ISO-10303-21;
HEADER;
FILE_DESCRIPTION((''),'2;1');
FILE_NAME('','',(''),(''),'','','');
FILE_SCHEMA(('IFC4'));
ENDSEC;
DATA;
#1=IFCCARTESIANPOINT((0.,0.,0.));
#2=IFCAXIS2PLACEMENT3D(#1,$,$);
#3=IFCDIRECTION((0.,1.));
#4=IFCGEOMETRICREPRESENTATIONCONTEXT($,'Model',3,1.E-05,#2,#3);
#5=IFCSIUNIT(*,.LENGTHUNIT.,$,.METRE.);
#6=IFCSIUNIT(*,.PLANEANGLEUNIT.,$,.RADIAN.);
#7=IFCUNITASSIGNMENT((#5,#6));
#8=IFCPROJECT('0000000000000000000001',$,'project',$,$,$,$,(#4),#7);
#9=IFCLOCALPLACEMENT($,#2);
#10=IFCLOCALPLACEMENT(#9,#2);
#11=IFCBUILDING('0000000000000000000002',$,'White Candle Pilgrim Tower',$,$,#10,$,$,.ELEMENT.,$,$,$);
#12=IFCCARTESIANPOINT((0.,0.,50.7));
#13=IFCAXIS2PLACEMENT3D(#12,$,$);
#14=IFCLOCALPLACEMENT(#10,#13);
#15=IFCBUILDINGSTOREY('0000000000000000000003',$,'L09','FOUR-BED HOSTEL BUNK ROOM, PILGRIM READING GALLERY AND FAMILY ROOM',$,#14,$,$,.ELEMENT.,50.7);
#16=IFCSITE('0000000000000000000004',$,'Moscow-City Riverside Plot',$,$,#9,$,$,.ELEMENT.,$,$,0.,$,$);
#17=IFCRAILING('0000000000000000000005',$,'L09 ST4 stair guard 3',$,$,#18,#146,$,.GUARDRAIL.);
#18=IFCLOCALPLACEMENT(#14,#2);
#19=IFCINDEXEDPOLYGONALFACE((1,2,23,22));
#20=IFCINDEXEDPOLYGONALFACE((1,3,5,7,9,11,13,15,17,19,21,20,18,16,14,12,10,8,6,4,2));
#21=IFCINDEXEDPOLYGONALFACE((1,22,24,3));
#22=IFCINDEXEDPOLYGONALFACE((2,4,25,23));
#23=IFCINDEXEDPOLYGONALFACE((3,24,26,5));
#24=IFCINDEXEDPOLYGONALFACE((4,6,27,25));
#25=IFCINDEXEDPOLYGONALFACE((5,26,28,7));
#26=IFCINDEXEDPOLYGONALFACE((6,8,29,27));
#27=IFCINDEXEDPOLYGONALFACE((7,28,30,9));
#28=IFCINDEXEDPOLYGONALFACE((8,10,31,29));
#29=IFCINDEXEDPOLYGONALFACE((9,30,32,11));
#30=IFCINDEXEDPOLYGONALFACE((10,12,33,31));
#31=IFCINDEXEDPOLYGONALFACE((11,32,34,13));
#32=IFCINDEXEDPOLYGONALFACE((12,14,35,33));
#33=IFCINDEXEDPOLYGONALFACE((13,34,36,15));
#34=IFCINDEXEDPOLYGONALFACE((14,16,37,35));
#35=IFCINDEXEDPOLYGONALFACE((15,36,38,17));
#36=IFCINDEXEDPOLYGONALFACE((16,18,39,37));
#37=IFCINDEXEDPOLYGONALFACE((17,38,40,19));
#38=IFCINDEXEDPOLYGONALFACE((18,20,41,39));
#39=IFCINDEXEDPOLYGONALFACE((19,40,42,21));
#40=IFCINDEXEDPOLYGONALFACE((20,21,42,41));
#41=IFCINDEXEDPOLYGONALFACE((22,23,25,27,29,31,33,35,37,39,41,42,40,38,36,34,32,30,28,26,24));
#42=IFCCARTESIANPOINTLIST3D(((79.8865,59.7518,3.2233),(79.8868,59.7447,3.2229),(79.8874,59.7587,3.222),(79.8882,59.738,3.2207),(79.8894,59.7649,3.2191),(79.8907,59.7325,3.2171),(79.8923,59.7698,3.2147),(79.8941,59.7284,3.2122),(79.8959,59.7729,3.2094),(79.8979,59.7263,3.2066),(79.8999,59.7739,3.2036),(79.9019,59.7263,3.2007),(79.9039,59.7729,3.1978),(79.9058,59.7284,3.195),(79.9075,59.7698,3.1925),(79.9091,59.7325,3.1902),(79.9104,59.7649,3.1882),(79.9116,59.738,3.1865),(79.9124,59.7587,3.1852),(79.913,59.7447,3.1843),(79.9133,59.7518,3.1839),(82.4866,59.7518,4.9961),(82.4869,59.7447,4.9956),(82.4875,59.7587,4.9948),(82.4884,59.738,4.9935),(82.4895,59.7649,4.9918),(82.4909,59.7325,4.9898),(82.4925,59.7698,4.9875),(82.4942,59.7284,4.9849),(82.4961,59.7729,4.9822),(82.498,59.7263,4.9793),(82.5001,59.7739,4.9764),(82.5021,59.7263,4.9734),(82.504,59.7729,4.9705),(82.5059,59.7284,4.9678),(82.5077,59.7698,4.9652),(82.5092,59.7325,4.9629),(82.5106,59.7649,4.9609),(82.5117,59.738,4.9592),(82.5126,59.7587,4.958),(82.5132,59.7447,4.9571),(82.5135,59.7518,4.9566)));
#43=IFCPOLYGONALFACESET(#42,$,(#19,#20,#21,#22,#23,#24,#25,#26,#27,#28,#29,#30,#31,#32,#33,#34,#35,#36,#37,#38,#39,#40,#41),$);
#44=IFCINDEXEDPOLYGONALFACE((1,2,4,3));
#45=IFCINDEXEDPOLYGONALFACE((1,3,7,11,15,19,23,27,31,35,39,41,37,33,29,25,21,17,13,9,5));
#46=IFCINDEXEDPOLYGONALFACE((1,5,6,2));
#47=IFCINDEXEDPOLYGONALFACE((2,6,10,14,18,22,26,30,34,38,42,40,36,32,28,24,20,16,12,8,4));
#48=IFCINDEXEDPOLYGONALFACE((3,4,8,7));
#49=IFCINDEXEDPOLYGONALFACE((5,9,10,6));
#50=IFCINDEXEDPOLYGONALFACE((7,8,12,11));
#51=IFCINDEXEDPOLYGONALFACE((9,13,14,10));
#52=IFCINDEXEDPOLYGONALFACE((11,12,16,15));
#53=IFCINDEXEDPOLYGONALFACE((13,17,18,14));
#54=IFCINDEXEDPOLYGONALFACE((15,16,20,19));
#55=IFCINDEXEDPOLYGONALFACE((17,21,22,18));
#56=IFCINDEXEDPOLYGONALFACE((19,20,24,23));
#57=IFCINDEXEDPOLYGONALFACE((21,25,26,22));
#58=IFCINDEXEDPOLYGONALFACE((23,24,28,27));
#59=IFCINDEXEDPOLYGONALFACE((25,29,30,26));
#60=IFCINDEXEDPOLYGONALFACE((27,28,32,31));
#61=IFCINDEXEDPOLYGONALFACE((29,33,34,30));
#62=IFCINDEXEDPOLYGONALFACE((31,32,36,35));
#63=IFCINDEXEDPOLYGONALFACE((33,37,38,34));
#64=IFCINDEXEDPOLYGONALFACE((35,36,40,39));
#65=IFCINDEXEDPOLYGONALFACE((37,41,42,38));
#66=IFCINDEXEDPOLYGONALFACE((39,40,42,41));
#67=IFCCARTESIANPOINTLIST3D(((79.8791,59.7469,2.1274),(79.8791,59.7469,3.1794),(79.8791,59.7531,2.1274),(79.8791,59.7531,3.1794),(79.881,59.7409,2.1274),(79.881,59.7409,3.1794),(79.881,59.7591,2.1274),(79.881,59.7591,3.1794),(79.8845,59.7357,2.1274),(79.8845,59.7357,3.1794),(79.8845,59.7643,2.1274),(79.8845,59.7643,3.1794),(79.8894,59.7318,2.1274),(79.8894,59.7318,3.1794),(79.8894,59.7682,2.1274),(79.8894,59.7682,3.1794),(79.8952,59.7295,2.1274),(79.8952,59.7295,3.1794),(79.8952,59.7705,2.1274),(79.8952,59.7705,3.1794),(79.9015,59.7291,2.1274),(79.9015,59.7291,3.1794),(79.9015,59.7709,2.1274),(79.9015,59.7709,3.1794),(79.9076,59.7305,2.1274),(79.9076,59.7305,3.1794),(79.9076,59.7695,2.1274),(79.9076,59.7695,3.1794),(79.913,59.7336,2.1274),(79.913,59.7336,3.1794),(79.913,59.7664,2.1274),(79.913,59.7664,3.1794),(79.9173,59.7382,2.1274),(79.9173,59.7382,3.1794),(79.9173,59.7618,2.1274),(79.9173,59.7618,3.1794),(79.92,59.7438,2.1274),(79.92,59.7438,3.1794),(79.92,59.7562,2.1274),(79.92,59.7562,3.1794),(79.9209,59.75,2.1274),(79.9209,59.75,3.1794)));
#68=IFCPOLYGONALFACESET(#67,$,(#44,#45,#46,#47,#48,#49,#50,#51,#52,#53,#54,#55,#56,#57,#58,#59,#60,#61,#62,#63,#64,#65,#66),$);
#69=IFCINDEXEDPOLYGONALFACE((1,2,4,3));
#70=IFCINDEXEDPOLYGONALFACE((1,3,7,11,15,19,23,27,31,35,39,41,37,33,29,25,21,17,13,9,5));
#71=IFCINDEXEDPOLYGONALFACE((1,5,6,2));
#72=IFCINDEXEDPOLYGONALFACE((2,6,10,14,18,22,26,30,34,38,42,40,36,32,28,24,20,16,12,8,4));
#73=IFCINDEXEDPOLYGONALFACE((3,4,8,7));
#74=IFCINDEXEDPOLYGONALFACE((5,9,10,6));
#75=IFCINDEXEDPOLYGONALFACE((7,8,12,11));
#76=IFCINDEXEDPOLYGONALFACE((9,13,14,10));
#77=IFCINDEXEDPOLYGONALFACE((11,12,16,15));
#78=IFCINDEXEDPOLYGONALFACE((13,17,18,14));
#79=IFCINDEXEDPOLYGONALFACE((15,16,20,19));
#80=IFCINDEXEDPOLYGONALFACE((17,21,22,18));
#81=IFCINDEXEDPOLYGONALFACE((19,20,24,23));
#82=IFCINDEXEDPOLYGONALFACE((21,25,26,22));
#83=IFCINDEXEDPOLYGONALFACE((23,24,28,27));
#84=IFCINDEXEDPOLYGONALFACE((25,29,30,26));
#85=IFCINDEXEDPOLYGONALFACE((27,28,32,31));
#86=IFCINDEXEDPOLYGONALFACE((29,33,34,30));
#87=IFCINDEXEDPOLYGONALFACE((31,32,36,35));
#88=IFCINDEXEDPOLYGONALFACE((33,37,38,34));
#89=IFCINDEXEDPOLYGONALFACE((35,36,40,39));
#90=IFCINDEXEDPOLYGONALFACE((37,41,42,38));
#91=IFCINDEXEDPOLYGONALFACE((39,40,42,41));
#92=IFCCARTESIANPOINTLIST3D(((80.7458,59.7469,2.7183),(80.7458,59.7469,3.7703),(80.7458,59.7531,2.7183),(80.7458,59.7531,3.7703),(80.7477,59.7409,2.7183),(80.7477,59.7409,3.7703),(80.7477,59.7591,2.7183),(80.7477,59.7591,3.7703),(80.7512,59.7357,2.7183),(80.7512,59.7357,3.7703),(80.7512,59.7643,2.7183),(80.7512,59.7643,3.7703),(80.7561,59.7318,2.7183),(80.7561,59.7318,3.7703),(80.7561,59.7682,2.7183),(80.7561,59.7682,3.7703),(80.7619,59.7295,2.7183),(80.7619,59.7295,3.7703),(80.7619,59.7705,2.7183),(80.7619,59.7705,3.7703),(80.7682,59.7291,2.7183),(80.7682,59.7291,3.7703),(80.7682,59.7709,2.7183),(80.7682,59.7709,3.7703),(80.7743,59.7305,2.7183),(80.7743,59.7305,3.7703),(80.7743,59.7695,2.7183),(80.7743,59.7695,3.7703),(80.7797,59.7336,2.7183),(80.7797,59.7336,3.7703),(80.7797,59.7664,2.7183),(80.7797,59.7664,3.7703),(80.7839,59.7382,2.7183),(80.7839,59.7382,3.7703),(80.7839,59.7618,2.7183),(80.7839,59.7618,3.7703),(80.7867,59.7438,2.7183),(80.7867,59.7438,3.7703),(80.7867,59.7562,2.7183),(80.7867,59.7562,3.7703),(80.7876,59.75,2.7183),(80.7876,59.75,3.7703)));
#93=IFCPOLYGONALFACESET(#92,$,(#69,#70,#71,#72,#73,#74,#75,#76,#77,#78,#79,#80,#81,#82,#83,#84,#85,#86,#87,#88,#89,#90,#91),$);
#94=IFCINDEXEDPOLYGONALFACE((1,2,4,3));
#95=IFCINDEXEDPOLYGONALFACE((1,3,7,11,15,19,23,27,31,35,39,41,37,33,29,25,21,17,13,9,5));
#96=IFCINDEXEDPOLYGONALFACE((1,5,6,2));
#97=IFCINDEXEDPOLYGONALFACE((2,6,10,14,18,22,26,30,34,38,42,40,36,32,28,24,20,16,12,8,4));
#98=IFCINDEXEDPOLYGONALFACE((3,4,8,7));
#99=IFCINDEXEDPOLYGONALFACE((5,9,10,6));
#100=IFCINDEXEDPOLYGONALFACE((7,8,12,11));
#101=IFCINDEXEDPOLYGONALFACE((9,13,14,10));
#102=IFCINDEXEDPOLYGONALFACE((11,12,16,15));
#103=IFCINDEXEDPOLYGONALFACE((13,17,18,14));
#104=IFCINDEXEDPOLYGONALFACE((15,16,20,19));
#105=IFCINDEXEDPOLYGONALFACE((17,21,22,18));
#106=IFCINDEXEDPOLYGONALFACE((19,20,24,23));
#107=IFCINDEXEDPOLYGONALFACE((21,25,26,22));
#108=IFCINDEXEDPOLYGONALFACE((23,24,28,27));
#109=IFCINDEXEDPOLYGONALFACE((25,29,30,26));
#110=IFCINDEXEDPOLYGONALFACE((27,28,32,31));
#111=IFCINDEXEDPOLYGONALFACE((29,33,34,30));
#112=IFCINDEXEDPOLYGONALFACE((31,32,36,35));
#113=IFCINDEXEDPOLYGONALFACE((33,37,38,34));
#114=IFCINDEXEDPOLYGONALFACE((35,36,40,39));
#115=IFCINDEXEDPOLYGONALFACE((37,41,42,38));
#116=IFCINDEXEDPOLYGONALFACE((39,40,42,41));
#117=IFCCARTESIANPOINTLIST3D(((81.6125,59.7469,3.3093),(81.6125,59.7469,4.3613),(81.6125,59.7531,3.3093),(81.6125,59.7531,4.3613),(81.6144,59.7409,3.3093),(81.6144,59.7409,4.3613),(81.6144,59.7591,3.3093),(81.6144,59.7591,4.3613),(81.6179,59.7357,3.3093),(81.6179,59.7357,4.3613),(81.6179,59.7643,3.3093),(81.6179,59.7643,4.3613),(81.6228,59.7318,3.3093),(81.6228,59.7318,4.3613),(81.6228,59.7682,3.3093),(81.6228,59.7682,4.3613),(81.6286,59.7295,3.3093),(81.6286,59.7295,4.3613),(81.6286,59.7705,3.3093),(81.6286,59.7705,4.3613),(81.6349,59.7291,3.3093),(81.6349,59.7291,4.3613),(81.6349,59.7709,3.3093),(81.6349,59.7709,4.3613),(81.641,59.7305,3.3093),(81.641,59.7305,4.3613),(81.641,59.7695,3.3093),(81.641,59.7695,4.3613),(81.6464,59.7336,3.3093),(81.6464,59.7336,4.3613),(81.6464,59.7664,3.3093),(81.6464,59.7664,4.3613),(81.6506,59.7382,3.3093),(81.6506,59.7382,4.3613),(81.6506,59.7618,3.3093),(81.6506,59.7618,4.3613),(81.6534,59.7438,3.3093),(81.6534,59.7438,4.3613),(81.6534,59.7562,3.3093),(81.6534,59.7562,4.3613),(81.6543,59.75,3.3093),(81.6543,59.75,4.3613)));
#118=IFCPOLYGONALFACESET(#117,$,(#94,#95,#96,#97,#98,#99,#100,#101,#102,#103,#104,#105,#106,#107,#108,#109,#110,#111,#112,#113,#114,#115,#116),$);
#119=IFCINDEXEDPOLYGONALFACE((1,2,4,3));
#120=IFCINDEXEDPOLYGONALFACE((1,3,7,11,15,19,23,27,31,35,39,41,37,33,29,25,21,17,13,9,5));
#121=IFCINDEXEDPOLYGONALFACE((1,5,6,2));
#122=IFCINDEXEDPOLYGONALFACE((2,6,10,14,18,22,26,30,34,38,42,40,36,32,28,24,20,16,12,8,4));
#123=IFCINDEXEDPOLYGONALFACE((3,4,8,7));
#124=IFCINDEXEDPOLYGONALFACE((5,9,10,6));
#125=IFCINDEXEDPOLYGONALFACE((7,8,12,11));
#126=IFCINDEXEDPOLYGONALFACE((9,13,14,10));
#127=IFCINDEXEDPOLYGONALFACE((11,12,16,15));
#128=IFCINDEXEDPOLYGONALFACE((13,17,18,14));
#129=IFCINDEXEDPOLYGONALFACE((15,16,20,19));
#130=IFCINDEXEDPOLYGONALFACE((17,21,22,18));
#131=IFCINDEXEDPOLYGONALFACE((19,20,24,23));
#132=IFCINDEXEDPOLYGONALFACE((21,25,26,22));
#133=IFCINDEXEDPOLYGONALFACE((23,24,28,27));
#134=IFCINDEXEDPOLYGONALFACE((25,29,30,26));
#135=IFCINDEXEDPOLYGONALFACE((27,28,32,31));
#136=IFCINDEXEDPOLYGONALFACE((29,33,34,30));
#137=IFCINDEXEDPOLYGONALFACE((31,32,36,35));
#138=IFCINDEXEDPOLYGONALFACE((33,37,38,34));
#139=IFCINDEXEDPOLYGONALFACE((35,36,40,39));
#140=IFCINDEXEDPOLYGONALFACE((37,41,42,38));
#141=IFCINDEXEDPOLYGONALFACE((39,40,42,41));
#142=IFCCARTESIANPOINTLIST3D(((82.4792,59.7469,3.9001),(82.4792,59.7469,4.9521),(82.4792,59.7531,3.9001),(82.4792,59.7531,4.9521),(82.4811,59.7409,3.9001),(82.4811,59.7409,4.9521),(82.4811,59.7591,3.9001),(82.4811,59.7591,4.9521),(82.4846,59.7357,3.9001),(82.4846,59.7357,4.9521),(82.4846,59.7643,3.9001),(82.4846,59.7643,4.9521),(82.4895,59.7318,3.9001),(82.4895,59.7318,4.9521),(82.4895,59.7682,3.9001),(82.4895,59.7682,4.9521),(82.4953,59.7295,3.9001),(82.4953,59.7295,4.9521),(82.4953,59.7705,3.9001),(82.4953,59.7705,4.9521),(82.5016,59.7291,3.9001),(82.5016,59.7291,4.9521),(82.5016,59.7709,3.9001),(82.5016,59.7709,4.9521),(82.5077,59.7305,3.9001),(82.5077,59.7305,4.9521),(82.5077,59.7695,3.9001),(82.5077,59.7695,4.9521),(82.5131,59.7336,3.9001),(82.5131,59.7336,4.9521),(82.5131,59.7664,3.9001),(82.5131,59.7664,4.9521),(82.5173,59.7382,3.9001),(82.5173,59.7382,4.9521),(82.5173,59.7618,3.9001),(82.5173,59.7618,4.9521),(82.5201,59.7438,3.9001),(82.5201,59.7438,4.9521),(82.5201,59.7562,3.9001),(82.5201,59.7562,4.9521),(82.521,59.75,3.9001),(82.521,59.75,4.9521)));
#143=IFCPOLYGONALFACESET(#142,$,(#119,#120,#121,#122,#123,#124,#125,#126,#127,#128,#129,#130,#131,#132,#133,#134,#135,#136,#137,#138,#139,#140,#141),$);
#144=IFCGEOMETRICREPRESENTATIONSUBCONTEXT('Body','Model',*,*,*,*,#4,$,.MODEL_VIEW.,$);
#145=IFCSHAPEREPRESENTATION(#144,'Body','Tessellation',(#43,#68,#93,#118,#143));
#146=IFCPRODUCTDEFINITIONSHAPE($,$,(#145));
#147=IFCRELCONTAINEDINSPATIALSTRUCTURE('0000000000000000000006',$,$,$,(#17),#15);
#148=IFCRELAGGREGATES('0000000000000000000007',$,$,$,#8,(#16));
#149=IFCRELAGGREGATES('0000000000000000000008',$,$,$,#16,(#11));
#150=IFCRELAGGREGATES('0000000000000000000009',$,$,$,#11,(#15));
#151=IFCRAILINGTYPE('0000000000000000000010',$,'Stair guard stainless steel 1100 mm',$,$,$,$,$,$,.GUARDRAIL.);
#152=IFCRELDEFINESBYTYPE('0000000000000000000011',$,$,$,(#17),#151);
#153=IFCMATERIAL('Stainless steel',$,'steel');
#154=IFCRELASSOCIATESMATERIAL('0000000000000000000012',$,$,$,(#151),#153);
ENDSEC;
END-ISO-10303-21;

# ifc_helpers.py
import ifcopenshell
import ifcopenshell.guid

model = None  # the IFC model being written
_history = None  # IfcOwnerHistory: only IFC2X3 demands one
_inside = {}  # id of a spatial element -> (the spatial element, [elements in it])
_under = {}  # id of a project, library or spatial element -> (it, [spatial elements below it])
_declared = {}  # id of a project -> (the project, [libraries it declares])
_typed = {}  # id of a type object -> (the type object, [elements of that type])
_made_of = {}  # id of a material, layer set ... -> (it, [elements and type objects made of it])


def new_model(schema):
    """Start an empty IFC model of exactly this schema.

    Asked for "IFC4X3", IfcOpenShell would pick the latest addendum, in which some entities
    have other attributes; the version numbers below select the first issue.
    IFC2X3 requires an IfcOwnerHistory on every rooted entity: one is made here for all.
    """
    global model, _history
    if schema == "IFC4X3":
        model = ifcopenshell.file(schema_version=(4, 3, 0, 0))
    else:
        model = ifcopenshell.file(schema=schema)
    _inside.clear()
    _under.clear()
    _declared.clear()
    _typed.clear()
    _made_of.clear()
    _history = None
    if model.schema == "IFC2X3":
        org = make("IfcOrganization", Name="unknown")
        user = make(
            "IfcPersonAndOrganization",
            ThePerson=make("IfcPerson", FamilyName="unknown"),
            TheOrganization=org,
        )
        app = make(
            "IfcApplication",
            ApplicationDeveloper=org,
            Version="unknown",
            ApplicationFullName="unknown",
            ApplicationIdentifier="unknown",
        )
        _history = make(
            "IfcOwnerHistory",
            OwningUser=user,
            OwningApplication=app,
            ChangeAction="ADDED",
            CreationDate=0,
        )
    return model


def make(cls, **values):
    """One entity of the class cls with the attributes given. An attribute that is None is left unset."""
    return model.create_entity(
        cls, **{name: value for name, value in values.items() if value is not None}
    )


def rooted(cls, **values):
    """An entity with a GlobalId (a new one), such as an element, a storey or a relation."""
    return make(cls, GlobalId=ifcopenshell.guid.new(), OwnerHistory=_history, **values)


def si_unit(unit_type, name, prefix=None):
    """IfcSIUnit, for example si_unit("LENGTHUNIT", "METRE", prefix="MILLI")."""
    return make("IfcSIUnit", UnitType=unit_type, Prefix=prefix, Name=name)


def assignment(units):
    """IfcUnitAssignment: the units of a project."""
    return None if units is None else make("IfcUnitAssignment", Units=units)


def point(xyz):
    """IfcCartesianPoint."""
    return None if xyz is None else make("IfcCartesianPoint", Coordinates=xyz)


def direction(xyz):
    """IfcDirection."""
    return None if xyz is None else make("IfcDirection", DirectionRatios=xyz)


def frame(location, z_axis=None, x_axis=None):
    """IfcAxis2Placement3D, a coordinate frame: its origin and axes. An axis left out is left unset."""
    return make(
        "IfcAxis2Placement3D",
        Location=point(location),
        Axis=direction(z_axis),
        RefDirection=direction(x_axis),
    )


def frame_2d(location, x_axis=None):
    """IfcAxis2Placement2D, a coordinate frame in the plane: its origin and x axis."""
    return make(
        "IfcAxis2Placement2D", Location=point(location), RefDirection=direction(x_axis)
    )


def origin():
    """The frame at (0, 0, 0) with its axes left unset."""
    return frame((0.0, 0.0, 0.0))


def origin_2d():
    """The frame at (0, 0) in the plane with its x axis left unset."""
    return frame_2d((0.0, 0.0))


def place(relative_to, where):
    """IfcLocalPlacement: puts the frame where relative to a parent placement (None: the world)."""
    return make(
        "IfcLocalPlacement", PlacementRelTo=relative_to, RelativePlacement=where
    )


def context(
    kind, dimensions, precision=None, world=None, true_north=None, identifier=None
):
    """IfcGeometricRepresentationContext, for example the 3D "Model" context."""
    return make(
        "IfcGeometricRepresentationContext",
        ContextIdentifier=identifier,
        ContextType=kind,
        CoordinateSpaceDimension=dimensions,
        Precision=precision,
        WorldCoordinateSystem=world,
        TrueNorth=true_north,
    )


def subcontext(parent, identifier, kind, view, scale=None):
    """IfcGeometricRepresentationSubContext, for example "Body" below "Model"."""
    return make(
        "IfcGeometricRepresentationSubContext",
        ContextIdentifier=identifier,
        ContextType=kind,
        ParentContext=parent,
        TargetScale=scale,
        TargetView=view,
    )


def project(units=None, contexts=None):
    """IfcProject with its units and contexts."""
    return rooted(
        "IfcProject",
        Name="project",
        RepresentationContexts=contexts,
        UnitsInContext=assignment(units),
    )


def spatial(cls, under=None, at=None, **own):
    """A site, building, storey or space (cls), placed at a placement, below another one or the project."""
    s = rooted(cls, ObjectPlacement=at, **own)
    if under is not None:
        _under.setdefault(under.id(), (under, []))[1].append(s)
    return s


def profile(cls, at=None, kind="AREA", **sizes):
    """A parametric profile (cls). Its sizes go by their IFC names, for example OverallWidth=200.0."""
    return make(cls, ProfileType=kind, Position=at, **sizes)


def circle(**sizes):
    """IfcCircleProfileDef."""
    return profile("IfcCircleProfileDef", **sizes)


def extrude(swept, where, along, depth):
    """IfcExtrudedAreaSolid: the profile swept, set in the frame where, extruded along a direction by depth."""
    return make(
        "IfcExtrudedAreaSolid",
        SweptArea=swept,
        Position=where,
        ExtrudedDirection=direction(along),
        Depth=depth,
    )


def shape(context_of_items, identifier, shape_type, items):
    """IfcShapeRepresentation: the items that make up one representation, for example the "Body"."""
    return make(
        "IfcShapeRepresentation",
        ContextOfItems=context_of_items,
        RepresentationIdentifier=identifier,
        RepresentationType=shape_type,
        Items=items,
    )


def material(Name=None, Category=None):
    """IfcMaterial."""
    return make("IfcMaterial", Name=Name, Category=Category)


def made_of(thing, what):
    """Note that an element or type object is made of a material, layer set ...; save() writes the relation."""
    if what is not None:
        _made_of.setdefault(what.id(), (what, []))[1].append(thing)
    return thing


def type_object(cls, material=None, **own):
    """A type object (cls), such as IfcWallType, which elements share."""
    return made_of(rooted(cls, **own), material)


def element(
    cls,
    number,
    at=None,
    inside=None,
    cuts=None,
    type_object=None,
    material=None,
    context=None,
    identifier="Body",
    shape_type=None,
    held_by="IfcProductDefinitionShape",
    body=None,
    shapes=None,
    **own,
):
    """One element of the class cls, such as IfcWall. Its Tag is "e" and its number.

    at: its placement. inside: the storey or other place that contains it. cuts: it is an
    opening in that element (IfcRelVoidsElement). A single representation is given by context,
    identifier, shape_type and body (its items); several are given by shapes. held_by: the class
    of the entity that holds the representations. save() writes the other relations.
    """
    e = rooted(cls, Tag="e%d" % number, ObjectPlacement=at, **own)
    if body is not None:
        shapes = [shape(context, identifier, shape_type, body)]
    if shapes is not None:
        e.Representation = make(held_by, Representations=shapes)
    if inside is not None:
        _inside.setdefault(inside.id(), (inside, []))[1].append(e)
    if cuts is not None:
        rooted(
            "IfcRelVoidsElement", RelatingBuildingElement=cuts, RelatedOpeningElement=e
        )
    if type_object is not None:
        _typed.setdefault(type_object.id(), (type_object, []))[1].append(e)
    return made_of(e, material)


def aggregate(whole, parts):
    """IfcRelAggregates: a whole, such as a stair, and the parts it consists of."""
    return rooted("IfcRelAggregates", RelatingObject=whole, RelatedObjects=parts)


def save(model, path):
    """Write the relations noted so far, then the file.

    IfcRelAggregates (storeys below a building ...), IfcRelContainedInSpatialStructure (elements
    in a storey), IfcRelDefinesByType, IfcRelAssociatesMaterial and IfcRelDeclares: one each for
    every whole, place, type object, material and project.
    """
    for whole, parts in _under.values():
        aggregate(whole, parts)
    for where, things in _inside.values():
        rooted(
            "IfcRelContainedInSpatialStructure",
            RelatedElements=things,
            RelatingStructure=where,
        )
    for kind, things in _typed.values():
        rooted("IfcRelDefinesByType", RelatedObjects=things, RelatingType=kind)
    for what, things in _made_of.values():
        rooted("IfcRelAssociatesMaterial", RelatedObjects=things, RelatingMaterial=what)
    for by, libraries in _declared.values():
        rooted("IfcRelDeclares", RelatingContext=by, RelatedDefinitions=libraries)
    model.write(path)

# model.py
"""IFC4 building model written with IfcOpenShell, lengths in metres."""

from ifc_helpers import new_model, si_unit, direction, frame, origin, origin_2d, place, context, subcontext, project, spatial, circle, extrude, material, type_object, element, save


model = new_model("IFC4")

# Units and contexts
model_context = context("Model", 3, precision=1e-05, world=origin(), true_north=direction((0.0, 1.0)))
body_context = subcontext(model_context, "Body", "Model", "MODEL_VIEW")
ifc_project = project(units=[si_unit("LENGTHUNIT", "METRE"), si_unit("PLANEANGLEUNIT", "RADIAN")], contexts=[model_context])

# Site, building, storey
site_placement = place(None, origin())
site = spatial("IfcSite", under=ifc_project, at=site_placement, Name="Moscow-City Riverside Plot", CompositionType="ELEMENT", RefElevation=0.0)
building_placement = place(site_placement, origin())
building = spatial("IfcBuilding", under=site, at=building_placement, Name="White Candle Pilgrim Tower", CompositionType="ELEMENT")
storey_placement = place(building_placement, frame((0.0, 0.0, 50.7)))
storey = spatial("IfcBuildingStorey", under=building, at=storey_placement, Name="L09", Description="FOUR-BED HOSTEL BUNK ROOM, PILGRIM READING GALLERY AND FAMILY ROOM", CompositionType="ELEMENT", Elevation=50.7)

# Railing
ifc_material_1 = material(Name="Stainless steel", Category="steel")
railing_type_1 = type_object("IfcRailingType", Name="Stair guard stainless steel 1100 mm", PredefinedType="GUARDRAIL", material=ifc_material_1)
railing_1_placement = place(storey_placement, frame((79.8999, 59.75, 2.1274)))
element("IfcRailing", 1, at=railing_1_placement, inside=storey, type_object=railing_type_1, Name="L09 ST4 stair guard 3", PredefinedType="GUARDRAIL", context=body_context, shape_type="SweptSolid", body=[
    extrude(circle(Radius=0.0239, at=origin_2d()), frame((0.0, 0.0, 1.0762), z_axis=(0.82624, 0.0, 0.563318), x_axis=(0.0, 1.0, 0.0)), (0.0, 0.0, 1.0), 3.147),
    extrude(circle(Radius=0.021, at=origin_2d()), origin(), (0.0, 0.0, 1.0), 1.052),
    extrude(circle(Radius=0.021, at=origin_2d()), frame((0.8667, 0.0, 0.5908)), (0.0, 0.0, 1.0), 1.052),
    extrude(circle(Radius=0.021, at=origin_2d()), frame((1.7334, 0.0, 1.1819)), (0.0, 0.0, 1.0), 1.052),
    extrude(circle(Radius=0.021, at=origin_2d()), frame((2.6001, 0.0, 1.7727)), (0.0, 0.0, 1.0), 1.052),
])

save(model, "model.ifc")
